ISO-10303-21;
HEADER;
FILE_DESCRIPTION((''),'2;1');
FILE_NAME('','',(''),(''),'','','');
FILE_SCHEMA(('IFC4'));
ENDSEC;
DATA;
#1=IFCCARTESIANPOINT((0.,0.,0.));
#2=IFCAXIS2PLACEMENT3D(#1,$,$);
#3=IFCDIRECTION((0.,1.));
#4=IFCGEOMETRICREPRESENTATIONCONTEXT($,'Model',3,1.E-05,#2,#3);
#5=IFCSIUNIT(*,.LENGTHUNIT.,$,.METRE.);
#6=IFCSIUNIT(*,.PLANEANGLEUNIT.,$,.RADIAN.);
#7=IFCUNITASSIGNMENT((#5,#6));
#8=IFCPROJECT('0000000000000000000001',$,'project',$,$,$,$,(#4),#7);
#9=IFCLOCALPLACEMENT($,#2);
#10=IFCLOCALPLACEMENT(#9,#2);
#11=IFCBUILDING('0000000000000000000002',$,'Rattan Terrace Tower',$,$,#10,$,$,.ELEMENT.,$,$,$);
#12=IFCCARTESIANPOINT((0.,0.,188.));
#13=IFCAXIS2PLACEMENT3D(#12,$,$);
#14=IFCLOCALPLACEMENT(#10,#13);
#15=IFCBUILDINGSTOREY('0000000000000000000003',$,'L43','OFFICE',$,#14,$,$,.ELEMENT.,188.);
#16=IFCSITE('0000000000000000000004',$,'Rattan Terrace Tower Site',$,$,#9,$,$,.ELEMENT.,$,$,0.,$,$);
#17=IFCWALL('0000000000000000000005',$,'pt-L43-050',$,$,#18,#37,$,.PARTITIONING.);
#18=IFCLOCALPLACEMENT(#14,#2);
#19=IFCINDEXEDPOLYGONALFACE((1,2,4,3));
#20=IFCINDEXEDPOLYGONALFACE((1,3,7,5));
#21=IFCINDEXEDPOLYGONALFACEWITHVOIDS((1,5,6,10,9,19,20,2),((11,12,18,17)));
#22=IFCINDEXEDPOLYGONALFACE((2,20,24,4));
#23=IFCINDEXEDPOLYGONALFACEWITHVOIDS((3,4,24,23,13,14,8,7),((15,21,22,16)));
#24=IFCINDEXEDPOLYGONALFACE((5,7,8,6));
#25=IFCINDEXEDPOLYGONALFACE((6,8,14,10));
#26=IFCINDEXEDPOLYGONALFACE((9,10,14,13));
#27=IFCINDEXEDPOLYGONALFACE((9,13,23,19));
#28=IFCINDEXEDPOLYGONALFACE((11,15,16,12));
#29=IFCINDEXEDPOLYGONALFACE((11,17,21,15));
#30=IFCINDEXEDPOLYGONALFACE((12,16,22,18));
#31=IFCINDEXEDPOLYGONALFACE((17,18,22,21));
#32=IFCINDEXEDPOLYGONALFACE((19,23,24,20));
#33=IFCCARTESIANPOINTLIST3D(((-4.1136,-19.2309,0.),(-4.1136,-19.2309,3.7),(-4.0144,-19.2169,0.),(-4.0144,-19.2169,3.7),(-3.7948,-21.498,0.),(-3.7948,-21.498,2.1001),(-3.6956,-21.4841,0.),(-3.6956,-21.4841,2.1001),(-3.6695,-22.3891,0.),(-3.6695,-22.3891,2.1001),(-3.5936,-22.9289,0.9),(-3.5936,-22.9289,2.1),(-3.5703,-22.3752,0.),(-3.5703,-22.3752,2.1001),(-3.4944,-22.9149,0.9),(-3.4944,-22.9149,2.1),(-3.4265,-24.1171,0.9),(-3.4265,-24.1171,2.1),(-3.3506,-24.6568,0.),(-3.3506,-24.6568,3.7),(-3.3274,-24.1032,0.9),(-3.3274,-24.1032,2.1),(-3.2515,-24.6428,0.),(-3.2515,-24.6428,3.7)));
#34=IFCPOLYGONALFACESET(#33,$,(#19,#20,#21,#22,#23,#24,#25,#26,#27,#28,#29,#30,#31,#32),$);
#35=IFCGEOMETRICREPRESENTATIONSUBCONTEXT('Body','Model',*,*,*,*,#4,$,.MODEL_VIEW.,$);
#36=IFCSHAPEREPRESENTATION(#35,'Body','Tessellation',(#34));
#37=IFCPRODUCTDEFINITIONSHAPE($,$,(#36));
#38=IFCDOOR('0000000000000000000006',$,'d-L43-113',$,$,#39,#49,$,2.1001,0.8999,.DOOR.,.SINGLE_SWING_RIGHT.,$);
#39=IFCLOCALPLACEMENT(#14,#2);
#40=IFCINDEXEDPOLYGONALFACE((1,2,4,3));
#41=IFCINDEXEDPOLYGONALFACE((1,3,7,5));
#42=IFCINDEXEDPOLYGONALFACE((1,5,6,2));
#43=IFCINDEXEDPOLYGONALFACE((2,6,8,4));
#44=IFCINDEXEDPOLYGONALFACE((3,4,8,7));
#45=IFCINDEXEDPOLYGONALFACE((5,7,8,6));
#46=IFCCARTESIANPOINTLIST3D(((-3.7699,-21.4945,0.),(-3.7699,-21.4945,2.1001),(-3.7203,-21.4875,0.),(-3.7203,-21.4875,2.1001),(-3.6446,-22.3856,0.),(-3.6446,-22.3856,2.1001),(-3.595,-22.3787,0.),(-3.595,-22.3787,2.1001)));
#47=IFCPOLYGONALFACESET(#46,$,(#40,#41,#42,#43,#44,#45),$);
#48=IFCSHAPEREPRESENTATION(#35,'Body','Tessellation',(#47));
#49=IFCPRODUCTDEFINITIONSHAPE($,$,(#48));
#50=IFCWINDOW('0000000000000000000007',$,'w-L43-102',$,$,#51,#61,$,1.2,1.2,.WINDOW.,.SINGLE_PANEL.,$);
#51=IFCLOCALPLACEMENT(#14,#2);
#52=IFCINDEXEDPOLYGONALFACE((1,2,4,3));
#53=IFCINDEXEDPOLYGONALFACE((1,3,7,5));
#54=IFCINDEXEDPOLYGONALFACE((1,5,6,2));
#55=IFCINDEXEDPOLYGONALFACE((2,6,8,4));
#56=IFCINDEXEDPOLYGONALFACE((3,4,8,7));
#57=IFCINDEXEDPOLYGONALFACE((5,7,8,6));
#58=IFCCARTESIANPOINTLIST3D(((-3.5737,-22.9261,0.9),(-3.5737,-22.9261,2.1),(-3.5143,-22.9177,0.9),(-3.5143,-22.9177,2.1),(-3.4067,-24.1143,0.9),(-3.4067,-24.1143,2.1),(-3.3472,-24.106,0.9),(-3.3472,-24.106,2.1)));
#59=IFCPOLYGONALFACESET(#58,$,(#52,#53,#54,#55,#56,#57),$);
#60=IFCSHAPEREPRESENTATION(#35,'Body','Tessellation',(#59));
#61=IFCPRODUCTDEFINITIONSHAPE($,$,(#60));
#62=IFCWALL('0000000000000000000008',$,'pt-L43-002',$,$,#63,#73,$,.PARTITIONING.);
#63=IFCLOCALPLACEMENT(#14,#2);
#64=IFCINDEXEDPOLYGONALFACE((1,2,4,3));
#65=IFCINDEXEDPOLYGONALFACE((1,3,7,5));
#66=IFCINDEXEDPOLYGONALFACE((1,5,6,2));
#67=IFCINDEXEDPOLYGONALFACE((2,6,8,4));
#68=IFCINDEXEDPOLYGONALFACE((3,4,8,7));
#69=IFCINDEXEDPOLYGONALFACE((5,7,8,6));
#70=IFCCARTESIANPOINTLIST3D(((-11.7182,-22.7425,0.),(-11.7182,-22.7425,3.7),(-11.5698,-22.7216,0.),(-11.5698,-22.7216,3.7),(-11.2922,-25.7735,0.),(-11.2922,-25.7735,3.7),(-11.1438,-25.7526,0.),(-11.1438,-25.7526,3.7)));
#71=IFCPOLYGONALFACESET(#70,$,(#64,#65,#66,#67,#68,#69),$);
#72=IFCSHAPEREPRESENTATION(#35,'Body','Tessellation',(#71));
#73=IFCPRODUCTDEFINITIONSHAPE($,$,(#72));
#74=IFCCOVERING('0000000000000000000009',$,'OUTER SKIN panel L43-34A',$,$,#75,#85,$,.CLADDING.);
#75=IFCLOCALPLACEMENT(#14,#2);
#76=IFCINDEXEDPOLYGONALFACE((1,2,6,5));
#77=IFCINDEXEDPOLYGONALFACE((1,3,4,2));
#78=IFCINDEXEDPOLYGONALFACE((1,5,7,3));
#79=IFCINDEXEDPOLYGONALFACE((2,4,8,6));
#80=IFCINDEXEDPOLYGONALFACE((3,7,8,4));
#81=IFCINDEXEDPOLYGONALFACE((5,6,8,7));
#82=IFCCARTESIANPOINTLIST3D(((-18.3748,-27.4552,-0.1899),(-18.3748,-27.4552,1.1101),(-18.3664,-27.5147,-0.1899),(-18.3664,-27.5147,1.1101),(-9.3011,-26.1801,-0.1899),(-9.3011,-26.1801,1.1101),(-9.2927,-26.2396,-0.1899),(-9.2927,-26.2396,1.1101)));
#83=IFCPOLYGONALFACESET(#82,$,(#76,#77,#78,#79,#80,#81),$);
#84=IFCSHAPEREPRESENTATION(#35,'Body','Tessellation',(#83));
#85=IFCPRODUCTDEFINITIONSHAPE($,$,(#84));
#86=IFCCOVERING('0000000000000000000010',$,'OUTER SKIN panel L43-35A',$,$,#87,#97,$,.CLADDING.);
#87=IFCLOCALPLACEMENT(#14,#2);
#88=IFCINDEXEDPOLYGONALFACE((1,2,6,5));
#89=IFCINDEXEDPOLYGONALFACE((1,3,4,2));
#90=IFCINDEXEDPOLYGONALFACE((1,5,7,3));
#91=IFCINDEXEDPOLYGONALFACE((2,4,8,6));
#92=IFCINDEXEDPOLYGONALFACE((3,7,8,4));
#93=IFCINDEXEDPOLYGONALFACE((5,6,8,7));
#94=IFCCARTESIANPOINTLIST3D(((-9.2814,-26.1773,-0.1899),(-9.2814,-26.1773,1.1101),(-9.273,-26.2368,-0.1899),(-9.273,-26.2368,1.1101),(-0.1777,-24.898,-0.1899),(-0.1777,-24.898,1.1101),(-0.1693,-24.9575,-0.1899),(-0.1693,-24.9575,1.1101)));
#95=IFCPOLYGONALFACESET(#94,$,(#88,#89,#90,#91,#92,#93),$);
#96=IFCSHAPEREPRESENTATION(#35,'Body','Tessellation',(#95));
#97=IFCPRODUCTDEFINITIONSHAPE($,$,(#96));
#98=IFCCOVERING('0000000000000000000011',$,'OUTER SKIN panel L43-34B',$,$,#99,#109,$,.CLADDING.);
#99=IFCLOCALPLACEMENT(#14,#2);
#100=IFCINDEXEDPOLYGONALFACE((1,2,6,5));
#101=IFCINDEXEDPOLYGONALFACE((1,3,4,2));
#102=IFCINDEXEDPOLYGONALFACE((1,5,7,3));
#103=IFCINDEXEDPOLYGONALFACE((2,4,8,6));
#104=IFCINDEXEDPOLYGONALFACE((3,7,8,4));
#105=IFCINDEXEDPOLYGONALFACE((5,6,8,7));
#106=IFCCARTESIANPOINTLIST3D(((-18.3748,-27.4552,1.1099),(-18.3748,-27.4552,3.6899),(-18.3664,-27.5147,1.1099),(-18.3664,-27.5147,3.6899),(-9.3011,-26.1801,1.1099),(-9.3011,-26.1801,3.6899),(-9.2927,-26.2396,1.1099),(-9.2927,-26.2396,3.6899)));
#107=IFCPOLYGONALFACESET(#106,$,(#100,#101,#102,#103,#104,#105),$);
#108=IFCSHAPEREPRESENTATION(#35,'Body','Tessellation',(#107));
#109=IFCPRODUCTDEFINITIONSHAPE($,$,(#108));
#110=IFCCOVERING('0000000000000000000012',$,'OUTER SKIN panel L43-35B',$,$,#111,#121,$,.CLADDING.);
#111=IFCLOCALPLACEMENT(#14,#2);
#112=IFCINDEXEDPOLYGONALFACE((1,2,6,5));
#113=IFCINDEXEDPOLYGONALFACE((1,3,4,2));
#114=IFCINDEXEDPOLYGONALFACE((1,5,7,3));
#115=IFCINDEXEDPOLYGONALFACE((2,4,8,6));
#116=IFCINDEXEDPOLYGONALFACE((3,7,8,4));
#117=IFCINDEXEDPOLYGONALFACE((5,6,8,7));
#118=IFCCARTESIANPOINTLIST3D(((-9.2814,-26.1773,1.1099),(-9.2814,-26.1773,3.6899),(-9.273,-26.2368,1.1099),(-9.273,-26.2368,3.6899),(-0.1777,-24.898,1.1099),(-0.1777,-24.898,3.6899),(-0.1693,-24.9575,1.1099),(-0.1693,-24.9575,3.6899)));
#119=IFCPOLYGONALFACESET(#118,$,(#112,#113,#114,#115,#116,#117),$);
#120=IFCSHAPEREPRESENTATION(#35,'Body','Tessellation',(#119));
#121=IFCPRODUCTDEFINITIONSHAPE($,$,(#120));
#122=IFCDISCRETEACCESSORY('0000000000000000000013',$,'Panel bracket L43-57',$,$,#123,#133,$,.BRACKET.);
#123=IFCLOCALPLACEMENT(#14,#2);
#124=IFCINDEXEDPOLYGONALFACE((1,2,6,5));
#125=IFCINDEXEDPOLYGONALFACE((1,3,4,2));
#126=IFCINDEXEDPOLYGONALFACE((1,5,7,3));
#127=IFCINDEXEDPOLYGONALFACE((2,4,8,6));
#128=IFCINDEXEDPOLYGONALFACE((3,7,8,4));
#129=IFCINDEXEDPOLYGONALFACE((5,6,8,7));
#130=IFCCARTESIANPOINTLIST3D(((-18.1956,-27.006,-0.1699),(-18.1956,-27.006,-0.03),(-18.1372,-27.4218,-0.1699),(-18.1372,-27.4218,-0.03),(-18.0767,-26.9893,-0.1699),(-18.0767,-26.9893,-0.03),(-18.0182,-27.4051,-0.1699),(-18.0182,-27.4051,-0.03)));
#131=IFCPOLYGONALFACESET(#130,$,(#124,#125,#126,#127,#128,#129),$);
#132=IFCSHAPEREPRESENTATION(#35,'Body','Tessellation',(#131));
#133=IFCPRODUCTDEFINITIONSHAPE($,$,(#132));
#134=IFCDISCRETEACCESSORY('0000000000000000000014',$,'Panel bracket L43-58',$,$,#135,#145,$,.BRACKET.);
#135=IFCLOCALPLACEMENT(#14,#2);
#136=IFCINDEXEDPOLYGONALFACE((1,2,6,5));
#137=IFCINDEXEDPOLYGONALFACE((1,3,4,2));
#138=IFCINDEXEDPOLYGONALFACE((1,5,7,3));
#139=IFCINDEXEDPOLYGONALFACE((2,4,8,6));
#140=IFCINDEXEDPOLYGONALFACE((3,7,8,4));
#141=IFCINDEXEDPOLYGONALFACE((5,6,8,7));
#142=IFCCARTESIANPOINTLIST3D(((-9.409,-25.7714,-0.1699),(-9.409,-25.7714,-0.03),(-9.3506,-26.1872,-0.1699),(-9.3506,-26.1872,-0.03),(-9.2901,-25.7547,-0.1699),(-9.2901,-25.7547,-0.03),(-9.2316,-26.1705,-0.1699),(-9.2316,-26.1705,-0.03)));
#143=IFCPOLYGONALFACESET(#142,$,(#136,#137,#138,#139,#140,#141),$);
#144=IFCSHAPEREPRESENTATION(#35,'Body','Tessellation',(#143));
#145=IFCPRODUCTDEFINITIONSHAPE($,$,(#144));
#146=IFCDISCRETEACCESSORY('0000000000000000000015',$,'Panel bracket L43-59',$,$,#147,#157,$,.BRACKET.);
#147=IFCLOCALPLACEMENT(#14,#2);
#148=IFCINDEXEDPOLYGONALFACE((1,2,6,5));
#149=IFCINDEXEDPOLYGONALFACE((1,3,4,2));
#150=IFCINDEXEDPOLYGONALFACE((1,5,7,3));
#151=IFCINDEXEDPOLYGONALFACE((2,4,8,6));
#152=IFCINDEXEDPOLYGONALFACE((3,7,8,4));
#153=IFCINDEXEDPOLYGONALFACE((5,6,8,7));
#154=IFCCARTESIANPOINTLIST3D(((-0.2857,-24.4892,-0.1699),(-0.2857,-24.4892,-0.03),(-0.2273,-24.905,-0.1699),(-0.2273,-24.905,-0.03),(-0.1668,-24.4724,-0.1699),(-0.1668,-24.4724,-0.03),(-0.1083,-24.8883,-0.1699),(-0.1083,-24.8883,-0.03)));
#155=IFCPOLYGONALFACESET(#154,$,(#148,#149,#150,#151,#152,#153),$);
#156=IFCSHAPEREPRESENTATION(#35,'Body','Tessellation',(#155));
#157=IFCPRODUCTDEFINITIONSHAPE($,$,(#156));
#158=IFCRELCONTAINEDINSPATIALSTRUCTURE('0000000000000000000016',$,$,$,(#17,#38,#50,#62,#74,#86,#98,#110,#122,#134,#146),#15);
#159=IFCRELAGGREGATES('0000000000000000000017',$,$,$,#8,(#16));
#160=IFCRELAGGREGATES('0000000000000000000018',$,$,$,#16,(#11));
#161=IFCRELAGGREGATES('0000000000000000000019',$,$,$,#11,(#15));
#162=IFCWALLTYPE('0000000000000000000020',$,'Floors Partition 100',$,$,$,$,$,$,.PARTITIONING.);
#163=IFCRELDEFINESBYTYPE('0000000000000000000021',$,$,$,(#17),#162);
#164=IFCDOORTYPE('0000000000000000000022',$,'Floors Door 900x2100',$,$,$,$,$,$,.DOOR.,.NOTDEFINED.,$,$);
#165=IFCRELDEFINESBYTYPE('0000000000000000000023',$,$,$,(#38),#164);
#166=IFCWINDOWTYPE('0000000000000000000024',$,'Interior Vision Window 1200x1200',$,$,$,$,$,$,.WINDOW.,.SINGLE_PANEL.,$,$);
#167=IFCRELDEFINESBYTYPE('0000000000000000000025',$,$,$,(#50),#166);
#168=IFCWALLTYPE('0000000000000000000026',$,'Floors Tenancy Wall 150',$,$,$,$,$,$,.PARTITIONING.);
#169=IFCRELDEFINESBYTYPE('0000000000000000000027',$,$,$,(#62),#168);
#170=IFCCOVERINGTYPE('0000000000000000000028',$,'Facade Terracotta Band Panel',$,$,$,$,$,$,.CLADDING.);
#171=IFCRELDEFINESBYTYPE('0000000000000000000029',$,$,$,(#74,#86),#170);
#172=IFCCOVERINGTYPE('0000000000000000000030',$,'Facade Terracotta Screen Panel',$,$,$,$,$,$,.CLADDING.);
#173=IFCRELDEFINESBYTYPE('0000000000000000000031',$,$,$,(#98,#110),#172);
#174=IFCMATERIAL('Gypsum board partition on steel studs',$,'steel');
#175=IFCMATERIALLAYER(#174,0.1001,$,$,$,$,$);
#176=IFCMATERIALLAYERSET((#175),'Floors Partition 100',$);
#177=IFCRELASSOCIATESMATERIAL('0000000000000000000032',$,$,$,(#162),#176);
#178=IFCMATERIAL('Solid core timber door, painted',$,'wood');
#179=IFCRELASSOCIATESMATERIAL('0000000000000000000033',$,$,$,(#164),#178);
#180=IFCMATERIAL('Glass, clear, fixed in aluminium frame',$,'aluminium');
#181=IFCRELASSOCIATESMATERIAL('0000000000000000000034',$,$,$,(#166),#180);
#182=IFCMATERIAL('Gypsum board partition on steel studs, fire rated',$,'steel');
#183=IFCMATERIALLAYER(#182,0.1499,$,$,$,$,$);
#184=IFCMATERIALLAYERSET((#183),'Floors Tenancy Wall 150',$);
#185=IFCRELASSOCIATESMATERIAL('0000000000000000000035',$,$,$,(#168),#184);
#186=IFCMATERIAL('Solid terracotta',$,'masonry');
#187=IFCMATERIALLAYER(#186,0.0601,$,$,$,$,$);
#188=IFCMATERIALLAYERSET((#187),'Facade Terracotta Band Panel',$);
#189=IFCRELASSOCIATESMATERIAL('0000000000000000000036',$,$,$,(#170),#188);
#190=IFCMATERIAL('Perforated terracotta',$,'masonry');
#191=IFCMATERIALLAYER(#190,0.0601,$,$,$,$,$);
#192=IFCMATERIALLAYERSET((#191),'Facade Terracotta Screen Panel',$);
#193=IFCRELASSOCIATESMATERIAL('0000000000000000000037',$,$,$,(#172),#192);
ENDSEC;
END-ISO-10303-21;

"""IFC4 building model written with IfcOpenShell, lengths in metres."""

from ifc_helpers import new_model, si_unit, direction, frame, frame_2d, origin, origin_2d, place, context, subcontext, project, spatial, rectangle, extrude, material, layer, layer_set, type_object, element, fill, save


model = new_model("IFC4")

# Units and contexts
model_context = context("Model", 3, precision=1e-05, world=origin(), true_north=direction((0.0, 1.0)))
body_context = subcontext(model_context, "Body", "Model", "MODEL_VIEW")
ifc_project = project(units=[si_unit("LENGTHUNIT", "METRE"), si_unit("PLANEANGLEUNIT", "RADIAN")], contexts=[model_context])

# Site, building, storey
site_placement = place(None, origin())
site = spatial("IfcSite", under=ifc_project, at=site_placement, Name="Rattan Terrace Tower Site", CompositionType="ELEMENT", RefElevation=0.0)
building_placement = place(site_placement, origin())
building = spatial("IfcBuilding", under=site, at=building_placement, Name="Rattan Terrace Tower", CompositionType="ELEMENT")
storey_placement = place(building_placement, frame((0.0, 0.0, 188.0)))
storey = spatial("IfcBuildingStorey", under=building, at=storey_placement, Name="L43", Description="OFFICE", CompositionType="ELEMENT", Elevation=188.0)

# Wall, openings, door, window
ifc_material_1 = material(Name="Gypsum board partition on steel studs", Category="steel")
ifc_layer_1 = layer(ifc_material_1, 0.1001)
ifc_layer_set_1 = layer_set([ifc_layer_1], Name="Floors Partition 100")
wall_type_1 = type_object("IfcWallType", Name="Floors Partition 100", PredefinedType="PARTITIONING", material=ifc_layer_set_1)
wall_1_placement = place(storey_placement, frame((-3.301, -24.6499, 0.0), z_axis=(0.0, 0.0, 1.0), x_axis=(-0.139244, 0.990258, 0.0)))
wall_1 = element("IfcWall", 1, at=wall_1_placement, inside=storey, type_object=wall_type_1, Name="pt-L43-050", PredefinedType="PARTITIONING", context=body_context, shape_type="SweptSolid", body=[
    extrude(rectangle(XDim=5.4792, YDim=0.1001, at=frame_2d((2.7397, 0.0))), origin(), (0.0, 0.0, 1.0), 3.7),
])
opening_1_placement = place(wall_1_placement, frame((2.29, 0.0, 0.0)))
opening_1 = element("IfcOpeningElement", 2, at=opening_1_placement, cuts=wall_1, PredefinedType="OPENING", context=body_context, shape_type="SweptSolid", body=[
    extrude(rectangle(XDim=0.8999, YDim=2.1001, at=frame_2d((0.45, 1.05))), frame((0.0, 0.0605, 0.0), z_axis=(0.0, -1.0, 0.0), x_axis=(1.0, 0.0, 0.0)), (0.0, 0.0, 1.0), 0.1211),
])
opening_2_placement = place(wall_1_placement, frame((0.5449, 0.0, 0.8999)))
opening_2 = element("IfcOpeningElement", 3, at=opening_2_placement, cuts=wall_1, PredefinedType="OPENING", context=body_context, shape_type="SweptSolid", body=[
    extrude(rectangle(XDim=1.2, YDim=1.2, at=frame_2d((0.6001, 0.6001))), frame((0.0, 0.0605, 0.0), z_axis=(0.0, -1.0, 0.0), x_axis=(1.0, 0.0, 0.0)), (0.0, 0.0, 1.0), 0.1211),
])
ifc_material_2 = material(Name="Solid core timber door, painted", Category="wood")
door_type = type_object("IfcDoorType", Name="Floors Door 900x2100", OperationType="NOTDEFINED", PredefinedType="DOOR", material=ifc_material_2)
door_placement = place(opening_1_placement, origin())
door = element("IfcDoor", 4, at=door_placement, inside=storey, type_object=door_type, Name="d-L43-113", OperationType="SINGLE_SWING_RIGHT", OverallHeight=2.1001, OverallWidth=0.8999, PredefinedType="DOOR", context=body_context, shape_type="SweptSolid", body=[
    extrude(rectangle(XDim=0.8999, YDim=2.1001, at=frame_2d((0.45, 1.05))), frame((0.0, 0.0249, 0.0), z_axis=(0.0, -1.0, 0.0), x_axis=(1.0, 0.0, 0.0)), (0.0, 0.0, 1.0), 0.05),
])
fill(opening_1, door)
ifc_material_3 = material(Name="Glass, clear, fixed in aluminium frame", Category="aluminium")
window_type = type_object("IfcWindowType", Name="Interior Vision Window 1200x1200", PartitioningType="SINGLE_PANEL", PredefinedType="WINDOW", material=ifc_material_3)
window_placement = place(opening_2_placement, origin())
window = element("IfcWindow", 5, at=window_placement, inside=storey, type_object=window_type, Name="w-L43-102", OverallHeight=1.2, OverallWidth=1.2, PartitioningType="SINGLE_PANEL", PredefinedType="WINDOW", context=body_context, shape_type="SweptSolid", body=[
    extrude(rectangle(XDim=1.2, YDim=1.2, at=frame_2d((0.6001, 0.6001))), frame((0.0, 0.03, 0.0), z_axis=(0.0, -1.0, 0.0), x_axis=(1.0, 0.0, 0.0)), (0.0, 0.0, 1.0), 0.0601),
])
fill(opening_2, window)

# Wall
ifc_material_4 = material(Name="Gypsum board partition on steel studs, fire rated", Category="steel")
ifc_layer_2 = layer(ifc_material_4, 0.1499)
ifc_layer_set_2 = layer_set([ifc_layer_2], Name="Floors Tenancy Wall 150")
wall_type_2 = type_object("IfcWallType", Name="Floors Tenancy Wall 150", PredefinedType="PARTITIONING", material=ifc_layer_set_2)
wall_2_placement = place(storey_placement, frame((-11.218, -25.7629, 0.0), z_axis=(0.0, 0.0, 1.0), x_axis=(-0.139188, 0.990266, 0.0)))
element("IfcWall", 6, at=wall_2_placement, inside=storey, type_object=wall_type_2, Name="pt-L43-002", PredefinedType="PARTITIONING", context=body_context, shape_type="SweptSolid", body=[
    extrude(rectangle(XDim=3.0608, YDim=0.1499, at=frame_2d((1.5303, 0.0))), origin(), (0.0, 0.0, 1.0), 3.7),
])

# Coverings
ifc_material_5 = material(Name="Solid terracotta", Category="masonry")
ifc_layer_3 = layer(ifc_material_5, 0.0601)
ifc_layer_set_3 = layer_set([ifc_layer_3], Name="Facade Terracotta Band Panel")
covering_type_1 = type_object("IfcCoveringType", Name="Facade Terracotta Band Panel", PredefinedType="CLADDING", material=ifc_layer_set_3)
covering_1_placement = place(storey_placement, frame((-13.8337, -26.8474, -0.1899), z_axis=(0.0, 0.0, 1.0), x_axis=(0.99027, 0.139161, 0.0)))
element("IfcCovering", 7, at=covering_1_placement, inside=storey, type_object=covering_type_1, Name="OUTER SKIN panel L43-34A", PredefinedType="CLADDING", context=body_context, shape_type="SweptSolid", body=[
    extrude(rectangle(XDim=9.1628, YDim=0.0601, at=origin_2d()), origin(), (0.0, 0.0, 1.0), 1.3),
])
covering_2_placement = place(storey_placement, frame((-4.7253, -25.5674, -0.1899), z_axis=(0.0, 0.0, 1.0), x_axis=(0.99027, 0.139161, 0.0)))
element("IfcCovering", 8, at=covering_2_placement, inside=storey, type_object=covering_type_1, Name="OUTER SKIN panel L43-35A", PredefinedType="CLADDING", context=body_context, shape_type="SweptSolid", body=[
    extrude(rectangle(XDim=9.1931, YDim=0.0601, at=origin_2d()), origin(), (0.0, 0.0, 1.0), 1.3),
])
ifc_material_6 = material(Name="Perforated terracotta", Category="masonry")
ifc_layer_4 = layer(ifc_material_6, 0.0601)
ifc_layer_set_4 = layer_set([ifc_layer_4], Name="Facade Terracotta Screen Panel")
covering_type_2 = type_object("IfcCoveringType", Name="Facade Terracotta Screen Panel", PredefinedType="CLADDING", material=ifc_layer_set_4)
covering_3_placement = place(storey_placement, frame((-13.8337, -26.8474, 1.1099), z_axis=(0.0, 0.0, 1.0), x_axis=(0.99027, 0.139161, 0.0)))
element("IfcCovering", 9, at=covering_3_placement, inside=storey, type_object=covering_type_2, Name="OUTER SKIN panel L43-34B", PredefinedType="CLADDING", context=body_context, shape_type="SweptSolid", body=[
    extrude(rectangle(XDim=9.1628, YDim=0.0601, at=origin_2d()), origin(), (0.0, 0.0, 1.0), 2.5801),
])
covering_4_placement = place(storey_placement, frame((-4.7253, -25.5674, 1.1099), z_axis=(0.0, 0.0, 1.0), x_axis=(0.99027, 0.139161, 0.0)))
element("IfcCovering", 10, at=covering_4_placement, inside=storey, type_object=covering_type_2, Name="OUTER SKIN panel L43-35B", PredefinedType="CLADDING", context=body_context, shape_type="SweptSolid", body=[
    extrude(rectangle(XDim=9.1931, YDim=0.0601, at=origin_2d()), origin(), (0.0, 0.0, 1.0), 2.5801),
])

# Discrete accessories
for number, where, z_axis, x_axis, name in (
    (11, (-18.1069, -27.2056, -0.1699), (0.0, 0.0, 1.0), (0.99027, 0.139161, 0.0), "Panel bracket L43-57"),
    (12, (-9.3203, -25.9709, -0.1699), (0.0, 0.0, 1.0), (0.99027, 0.139161, 0.0), "Panel bracket L43-58"),
    (13, (-0.197, -24.6887, -0.1699), (0.0, 0.0, 1.0), (0.99027, 0.139161, 0.0), "Panel bracket L43-59"),
):
    element("IfcDiscreteAccessory", number, at=place(storey_placement, frame(where, z_axis=z_axis, x_axis=x_axis)), inside=storey, Name=name, PredefinedType="BRACKET", context=body_context, shape_type="SweptSolid", body=[
        extrude(rectangle(XDim=0.1201, YDim=0.4199, at=origin_2d()), origin(), (0.0, 0.0, 1.0), 0.1399),
    ])

save(model, "model.ifc")
